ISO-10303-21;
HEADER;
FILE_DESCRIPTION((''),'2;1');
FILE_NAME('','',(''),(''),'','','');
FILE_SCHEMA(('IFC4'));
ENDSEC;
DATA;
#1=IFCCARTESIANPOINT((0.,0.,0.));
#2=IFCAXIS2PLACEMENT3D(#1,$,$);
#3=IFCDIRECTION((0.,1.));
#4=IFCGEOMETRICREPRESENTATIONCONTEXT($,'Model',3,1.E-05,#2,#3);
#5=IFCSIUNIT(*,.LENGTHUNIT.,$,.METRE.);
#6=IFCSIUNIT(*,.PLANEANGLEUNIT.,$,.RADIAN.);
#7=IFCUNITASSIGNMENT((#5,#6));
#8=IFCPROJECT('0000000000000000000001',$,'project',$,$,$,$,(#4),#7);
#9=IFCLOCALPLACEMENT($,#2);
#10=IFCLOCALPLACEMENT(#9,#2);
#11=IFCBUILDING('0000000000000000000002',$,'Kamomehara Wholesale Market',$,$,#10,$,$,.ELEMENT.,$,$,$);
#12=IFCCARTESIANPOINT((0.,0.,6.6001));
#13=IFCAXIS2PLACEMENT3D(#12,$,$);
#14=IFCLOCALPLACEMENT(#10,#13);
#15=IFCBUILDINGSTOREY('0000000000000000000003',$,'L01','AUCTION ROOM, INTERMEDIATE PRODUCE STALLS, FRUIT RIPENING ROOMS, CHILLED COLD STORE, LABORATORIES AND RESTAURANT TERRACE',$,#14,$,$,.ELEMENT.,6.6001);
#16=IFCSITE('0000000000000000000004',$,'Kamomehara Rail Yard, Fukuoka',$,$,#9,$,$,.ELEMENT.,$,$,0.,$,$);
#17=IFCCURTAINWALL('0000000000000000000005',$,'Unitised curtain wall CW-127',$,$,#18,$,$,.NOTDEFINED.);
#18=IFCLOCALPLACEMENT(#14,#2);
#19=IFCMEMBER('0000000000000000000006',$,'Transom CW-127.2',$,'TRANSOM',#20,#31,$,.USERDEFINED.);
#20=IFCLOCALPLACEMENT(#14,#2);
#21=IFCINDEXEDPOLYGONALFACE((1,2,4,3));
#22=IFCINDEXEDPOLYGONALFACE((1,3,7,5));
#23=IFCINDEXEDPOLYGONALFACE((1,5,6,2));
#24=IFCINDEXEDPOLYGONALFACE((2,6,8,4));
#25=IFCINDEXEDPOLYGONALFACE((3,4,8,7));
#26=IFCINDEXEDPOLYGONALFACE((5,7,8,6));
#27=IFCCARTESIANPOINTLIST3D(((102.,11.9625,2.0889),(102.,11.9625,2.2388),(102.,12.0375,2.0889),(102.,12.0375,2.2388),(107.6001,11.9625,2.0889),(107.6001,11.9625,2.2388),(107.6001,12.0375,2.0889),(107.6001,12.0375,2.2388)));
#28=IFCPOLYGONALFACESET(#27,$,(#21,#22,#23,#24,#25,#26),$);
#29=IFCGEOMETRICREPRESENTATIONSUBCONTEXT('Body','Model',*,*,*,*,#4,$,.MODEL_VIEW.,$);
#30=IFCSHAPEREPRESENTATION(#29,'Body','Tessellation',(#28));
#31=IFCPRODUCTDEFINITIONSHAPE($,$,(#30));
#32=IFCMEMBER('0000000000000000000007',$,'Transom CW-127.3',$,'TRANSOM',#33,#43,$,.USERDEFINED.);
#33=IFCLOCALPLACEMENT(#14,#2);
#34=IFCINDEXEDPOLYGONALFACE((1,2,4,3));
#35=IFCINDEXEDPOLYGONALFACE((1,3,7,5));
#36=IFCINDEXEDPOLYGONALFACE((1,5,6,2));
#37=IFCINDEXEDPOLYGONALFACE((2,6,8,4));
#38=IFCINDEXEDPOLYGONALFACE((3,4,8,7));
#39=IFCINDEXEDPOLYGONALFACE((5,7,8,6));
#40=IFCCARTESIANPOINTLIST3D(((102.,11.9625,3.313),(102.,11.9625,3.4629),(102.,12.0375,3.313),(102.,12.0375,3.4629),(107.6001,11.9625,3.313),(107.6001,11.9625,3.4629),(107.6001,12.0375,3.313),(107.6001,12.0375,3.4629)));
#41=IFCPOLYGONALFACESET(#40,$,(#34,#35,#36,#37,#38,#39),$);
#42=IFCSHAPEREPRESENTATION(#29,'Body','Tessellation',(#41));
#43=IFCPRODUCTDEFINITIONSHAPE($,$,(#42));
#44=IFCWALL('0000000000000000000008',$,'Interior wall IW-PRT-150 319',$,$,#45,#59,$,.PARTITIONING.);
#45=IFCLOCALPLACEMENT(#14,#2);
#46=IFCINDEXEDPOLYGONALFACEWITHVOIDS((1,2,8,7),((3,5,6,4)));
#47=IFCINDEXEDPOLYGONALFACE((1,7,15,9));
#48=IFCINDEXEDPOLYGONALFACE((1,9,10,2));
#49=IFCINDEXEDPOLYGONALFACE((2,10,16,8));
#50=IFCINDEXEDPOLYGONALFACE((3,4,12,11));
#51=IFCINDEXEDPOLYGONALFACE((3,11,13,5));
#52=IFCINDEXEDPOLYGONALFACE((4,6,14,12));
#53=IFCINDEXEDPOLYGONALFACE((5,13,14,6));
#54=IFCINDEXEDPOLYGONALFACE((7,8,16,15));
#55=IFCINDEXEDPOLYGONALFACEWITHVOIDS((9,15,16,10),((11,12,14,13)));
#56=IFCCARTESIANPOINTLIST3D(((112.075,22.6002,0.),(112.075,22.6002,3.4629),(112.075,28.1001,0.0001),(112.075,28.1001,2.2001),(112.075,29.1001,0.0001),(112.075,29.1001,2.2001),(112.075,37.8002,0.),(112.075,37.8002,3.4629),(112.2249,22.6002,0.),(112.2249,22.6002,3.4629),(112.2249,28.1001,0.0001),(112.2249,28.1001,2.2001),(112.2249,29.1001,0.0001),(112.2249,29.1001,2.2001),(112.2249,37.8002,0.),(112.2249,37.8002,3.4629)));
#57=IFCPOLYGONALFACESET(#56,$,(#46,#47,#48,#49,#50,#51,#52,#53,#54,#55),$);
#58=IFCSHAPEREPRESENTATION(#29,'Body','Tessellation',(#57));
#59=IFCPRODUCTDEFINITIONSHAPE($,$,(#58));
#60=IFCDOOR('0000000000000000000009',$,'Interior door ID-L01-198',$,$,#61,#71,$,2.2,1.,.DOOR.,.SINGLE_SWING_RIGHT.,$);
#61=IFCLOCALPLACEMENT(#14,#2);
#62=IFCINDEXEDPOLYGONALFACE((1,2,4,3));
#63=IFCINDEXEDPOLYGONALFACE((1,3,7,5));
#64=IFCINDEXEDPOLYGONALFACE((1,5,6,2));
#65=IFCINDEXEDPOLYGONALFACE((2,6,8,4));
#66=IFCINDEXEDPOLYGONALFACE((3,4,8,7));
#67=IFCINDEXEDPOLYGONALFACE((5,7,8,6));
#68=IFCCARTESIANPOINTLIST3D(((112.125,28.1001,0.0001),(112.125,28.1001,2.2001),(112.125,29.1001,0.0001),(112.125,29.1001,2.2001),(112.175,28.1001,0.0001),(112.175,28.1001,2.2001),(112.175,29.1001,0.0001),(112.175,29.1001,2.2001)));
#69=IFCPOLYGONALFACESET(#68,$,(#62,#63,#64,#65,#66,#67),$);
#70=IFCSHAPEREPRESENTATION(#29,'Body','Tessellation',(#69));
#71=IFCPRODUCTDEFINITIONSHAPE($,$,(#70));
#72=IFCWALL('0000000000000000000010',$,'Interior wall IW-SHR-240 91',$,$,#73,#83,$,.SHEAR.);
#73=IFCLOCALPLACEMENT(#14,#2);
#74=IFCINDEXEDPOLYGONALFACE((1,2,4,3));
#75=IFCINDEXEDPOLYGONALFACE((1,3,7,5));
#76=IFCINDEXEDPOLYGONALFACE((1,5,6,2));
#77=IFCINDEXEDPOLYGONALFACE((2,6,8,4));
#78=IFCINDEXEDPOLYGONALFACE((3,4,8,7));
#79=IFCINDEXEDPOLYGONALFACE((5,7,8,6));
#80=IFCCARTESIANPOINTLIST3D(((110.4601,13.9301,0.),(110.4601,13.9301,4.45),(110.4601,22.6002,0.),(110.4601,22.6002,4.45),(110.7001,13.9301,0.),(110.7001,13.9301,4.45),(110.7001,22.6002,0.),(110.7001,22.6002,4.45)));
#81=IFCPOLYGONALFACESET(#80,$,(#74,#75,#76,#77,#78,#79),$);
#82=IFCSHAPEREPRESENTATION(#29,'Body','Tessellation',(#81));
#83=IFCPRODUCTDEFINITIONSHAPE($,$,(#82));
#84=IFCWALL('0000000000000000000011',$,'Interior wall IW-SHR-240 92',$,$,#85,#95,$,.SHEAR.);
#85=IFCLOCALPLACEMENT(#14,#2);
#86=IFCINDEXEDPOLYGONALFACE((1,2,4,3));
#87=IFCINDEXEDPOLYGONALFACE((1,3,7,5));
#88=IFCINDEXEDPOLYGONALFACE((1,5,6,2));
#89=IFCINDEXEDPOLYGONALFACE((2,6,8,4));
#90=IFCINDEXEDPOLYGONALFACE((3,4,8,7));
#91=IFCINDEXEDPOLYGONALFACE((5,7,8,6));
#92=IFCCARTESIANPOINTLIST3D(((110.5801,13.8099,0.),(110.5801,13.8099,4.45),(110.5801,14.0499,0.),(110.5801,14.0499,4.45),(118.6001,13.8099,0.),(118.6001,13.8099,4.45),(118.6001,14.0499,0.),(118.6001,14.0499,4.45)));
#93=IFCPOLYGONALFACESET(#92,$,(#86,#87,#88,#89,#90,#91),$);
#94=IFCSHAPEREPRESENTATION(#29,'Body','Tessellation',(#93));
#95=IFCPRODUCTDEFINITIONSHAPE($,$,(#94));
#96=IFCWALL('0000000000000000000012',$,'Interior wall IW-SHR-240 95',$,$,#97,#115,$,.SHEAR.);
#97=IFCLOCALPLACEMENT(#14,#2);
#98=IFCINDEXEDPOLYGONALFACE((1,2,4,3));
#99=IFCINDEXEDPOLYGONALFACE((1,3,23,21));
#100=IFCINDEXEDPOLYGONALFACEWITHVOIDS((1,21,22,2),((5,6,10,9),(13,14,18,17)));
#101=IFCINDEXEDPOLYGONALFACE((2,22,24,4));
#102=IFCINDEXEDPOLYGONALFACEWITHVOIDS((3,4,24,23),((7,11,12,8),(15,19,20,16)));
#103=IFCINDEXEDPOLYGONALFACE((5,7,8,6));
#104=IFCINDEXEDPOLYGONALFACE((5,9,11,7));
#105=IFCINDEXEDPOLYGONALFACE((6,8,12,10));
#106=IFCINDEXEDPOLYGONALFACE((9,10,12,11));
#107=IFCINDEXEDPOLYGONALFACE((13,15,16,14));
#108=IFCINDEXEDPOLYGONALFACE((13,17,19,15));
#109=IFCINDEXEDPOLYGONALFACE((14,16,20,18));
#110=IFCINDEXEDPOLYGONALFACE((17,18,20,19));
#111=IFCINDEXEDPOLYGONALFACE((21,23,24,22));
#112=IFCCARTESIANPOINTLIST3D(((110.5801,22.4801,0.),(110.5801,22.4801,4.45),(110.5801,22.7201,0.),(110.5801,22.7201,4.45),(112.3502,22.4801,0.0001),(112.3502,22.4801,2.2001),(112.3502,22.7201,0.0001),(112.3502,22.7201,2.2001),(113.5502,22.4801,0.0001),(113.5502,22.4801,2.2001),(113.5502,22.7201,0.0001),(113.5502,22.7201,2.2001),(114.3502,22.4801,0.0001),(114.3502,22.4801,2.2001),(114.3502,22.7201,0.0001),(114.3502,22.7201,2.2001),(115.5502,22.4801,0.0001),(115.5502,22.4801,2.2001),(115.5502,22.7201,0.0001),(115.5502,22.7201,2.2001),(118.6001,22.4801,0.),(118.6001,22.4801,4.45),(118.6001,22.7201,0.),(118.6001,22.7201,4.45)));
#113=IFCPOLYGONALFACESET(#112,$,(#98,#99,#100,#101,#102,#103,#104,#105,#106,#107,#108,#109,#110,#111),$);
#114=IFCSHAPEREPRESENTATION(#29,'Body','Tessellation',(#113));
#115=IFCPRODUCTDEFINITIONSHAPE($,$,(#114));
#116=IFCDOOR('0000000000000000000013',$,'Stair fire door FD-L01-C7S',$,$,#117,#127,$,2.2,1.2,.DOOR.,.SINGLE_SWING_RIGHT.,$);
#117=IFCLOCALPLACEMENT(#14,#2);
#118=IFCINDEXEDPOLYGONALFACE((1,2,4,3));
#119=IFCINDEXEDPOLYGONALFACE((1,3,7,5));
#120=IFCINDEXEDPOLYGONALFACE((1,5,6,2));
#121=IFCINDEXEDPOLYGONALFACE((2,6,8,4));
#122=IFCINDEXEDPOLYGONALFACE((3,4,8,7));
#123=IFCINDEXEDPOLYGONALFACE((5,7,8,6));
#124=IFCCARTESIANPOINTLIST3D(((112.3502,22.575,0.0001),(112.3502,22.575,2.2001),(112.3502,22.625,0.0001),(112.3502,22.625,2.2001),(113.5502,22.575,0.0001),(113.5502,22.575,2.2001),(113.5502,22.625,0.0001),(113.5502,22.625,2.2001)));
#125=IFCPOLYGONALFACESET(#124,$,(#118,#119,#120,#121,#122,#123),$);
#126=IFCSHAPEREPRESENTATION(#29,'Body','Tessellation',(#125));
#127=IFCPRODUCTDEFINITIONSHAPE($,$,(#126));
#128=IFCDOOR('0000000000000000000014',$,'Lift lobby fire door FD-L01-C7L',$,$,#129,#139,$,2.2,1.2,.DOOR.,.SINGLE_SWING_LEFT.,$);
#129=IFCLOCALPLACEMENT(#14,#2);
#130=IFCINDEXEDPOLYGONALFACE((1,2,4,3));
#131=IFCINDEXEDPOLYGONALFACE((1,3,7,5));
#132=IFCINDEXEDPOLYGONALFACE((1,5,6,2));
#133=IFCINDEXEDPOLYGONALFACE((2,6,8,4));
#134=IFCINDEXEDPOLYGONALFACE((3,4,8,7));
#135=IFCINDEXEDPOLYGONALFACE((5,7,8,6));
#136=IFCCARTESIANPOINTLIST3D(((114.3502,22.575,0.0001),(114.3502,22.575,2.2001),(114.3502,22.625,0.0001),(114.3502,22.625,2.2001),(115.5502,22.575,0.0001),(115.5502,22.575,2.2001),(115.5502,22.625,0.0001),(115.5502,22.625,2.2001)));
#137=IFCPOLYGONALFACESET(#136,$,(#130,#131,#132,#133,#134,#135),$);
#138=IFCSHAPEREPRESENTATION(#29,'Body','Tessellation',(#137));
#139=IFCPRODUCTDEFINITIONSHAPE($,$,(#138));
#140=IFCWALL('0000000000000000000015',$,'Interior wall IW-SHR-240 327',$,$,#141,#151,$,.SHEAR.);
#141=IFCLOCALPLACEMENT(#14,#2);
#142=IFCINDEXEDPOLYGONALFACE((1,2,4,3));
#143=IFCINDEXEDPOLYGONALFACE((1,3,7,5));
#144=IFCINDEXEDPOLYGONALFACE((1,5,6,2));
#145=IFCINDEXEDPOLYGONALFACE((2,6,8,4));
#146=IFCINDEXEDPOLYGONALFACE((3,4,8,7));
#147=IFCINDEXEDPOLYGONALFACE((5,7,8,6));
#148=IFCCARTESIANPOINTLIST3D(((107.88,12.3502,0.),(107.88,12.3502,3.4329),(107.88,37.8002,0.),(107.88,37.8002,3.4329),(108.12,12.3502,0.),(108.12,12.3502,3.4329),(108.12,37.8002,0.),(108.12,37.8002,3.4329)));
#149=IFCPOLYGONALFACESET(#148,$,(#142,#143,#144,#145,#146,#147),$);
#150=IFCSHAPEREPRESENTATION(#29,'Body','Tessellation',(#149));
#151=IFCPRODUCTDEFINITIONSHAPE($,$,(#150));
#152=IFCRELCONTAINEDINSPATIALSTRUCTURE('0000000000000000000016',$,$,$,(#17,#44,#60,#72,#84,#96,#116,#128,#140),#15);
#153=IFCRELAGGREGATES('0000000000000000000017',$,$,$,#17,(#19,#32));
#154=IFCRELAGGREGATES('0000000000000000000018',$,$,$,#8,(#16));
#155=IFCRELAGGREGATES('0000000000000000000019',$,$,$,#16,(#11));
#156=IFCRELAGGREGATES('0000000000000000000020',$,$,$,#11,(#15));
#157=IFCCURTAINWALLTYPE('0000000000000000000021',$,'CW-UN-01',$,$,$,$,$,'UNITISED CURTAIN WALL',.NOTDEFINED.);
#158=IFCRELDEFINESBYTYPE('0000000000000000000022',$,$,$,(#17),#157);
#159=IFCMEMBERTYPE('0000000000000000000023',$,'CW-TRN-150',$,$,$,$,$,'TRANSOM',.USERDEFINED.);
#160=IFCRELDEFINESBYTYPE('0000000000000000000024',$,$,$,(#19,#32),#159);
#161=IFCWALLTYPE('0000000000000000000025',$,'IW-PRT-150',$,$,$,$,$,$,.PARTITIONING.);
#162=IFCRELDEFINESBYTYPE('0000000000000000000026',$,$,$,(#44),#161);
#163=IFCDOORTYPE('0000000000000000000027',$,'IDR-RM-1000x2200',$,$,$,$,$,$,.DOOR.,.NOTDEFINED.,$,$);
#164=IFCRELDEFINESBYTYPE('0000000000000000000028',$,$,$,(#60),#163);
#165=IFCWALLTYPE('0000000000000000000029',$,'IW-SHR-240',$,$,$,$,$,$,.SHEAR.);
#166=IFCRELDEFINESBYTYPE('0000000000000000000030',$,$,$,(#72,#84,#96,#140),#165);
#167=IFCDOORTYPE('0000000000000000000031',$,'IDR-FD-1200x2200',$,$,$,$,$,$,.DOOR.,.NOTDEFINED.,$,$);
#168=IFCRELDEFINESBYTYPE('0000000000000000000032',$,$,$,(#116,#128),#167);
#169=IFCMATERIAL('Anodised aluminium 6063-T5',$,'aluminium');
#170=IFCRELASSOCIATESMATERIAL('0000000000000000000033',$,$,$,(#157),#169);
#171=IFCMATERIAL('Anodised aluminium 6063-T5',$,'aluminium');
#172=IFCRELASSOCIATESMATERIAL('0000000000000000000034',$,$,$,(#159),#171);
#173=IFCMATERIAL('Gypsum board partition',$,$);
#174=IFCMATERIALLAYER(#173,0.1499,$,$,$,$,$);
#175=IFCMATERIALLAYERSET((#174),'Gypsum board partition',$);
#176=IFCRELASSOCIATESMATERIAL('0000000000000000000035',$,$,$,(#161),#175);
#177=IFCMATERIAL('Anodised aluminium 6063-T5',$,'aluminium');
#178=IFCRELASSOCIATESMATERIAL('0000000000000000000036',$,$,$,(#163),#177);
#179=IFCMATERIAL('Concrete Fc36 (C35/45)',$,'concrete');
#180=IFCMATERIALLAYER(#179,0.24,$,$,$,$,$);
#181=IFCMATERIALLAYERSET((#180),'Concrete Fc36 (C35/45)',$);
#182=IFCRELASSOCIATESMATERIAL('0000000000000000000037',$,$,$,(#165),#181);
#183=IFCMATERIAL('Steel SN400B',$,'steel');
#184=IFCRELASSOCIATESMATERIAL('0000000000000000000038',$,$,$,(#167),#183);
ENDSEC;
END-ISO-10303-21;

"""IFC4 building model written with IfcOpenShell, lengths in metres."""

from ifc_helpers import new_model, si_unit, direction, frame, frame_2d, origin, origin_2d, place, context, subcontext, project, spatial, rectangle, extrude, material, layer, layer_set, material_profile, profile_set, type_object, element, fill, aggregate, save


model = new_model("IFC4")

# Units and contexts
model_context = context("Model", 3, precision=1e-05, world=origin(), true_north=direction((0.0, 1.0)))
body_context = subcontext(model_context, "Body", "Model", "MODEL_VIEW")
ifc_project = project(units=[si_unit("LENGTHUNIT", "METRE"), si_unit("PLANEANGLEUNIT", "RADIAN")], contexts=[model_context])

# Site, building, storey
site_placement = place(None, origin())
site = spatial("IfcSite", under=ifc_project, at=site_placement, Name="Kamomehara Rail Yard, Fukuoka", CompositionType="ELEMENT", RefElevation=0.0)
building_placement = place(site_placement, origin())
building = spatial("IfcBuilding", under=site, at=building_placement, Name="Kamomehara Wholesale Market", CompositionType="ELEMENT")
storey_placement = place(building_placement, frame((0.0, 0.0, 6.6001)))
storey = spatial("IfcBuildingStorey", under=building, at=storey_placement, Name="L01", Description="AUCTION ROOM, INTERMEDIATE PRODUCE STALLS, FRUIT RIPENING ROOMS, CHILLED COLD STORE, LABORATORIES AND RESTAURANT TERRACE", CompositionType="ELEMENT", Elevation=6.6001)

# Curtain wall, members
ifc_material_1 = material(Name="Anodised aluminium 6063-T5", Category="aluminium")
curtain_wall_type = type_object("IfcCurtainWallType", Name="CW-UN-01", ElementType="UNITISED CURTAIN WALL", PredefinedType="NOTDEFINED", material=ifc_material_1)
curtain_wall_1_placement = place(storey_placement, origin())
curtain_wall_1 = element("IfcCurtainWall", 1, at=curtain_wall_1_placement, inside=storey, type_object=curtain_wall_type, Name="Unitised curtain wall CW-127", PredefinedType="NOTDEFINED")
ifc_material_2 = material(Name="Anodised aluminium 6063-T5", Category="aluminium")
ifc_material_profile_1 = material_profile(ifc_material_2, rectangle(XDim=0.075, YDim=0.1499, at=origin_2d()), Name="ALU-TRN-75x150")
ifc_profile_set_1 = profile_set([ifc_material_profile_1], Name="Anodised aluminium 6063-T5")
member_type_1 = type_object("IfcMemberType", Name="CW-TRN-150", ElementType="TRANSOM", PredefinedType="USERDEFINED", material=ifc_profile_set_1)
member_1_placement = place(storey_placement, frame((107.6001, 12.0, 2.1638), z_axis=(-1.0, 0.0, 0.0), x_axis=(0.0, -1.0, 0.0)))
member_1 = element("IfcMember", 2, at=member_1_placement, type_object=member_type_1, Name="Transom CW-127.2", ObjectType="TRANSOM", PredefinedType="USERDEFINED", context=body_context, shape_type="SweptSolid", body=[
    extrude(rectangle(XDim=0.075, YDim=0.1499, at=origin_2d()), origin(), (0.0, 0.0, 1.0), 5.6001),
])
member_2_placement = place(storey_placement, frame((107.6001, 12.0, 3.3879), z_axis=(-1.0, 0.0, 0.0), x_axis=(0.0, -1.0, 0.0)))
member_2 = element("IfcMember", 3, at=member_2_placement, type_object=member_type_1, Name="Transom CW-127.3", ObjectType="TRANSOM", PredefinedType="USERDEFINED", context=body_context, shape_type="SweptSolid", body=[
    extrude(rectangle(XDim=0.075, YDim=0.1499, at=origin_2d()), origin(), (0.0, 0.0, 1.0), 5.6001),
])
aggregate(curtain_wall_1, [member_1, member_2])

# Wall, opening, door
ifc_material_3 = material(Name="Gypsum board partition")
ifc_layer_1 = layer(ifc_material_3, 0.1499)
ifc_layer_set_1 = layer_set([ifc_layer_1], Name="Gypsum board partition")
wall_type_1 = type_object("IfcWallType", Name="IW-PRT-150", PredefinedType="PARTITIONING", material=ifc_layer_set_1)
wall_1_placement = place(storey_placement, frame((112.1499, 22.6001, 0.0), z_axis=(0.0, 0.0, 1.0), x_axis=(0.0, 1.0, 0.0)))
wall_1 = element("IfcWall", 4, at=wall_1_placement, inside=storey, type_object=wall_type_1, Name="Interior wall IW-PRT-150 319", PredefinedType="PARTITIONING", context=body_context, shape_type="SweptSolid", body=[
    extrude(rectangle(XDim=15.2, YDim=0.1499, at=frame_2d((7.6001, 0.0))), origin(), (0.0, 0.0, 1.0), 3.4629),
])
opening_1_placement = place(wall_1_placement, frame((5.5, 0.0, 0.0)))
opening_1 = element("IfcOpeningElement", 5, at=opening_1_placement, cuts=wall_1, PredefinedType="OPENING", context=body_context, shape_type="SweptSolid", body=[
    extrude(rectangle(XDim=1.0, YDim=2.2, at=frame_2d((0.5, 1.1001))), frame((0.0, 0.0898, 0.0), z_axis=(0.0, -1.0, 0.0), x_axis=(1.0, 0.0, 0.0)), (0.0, 0.0, 1.0), 0.1797),
])
ifc_material_4 = material(Name="Anodised aluminium 6063-T5", Category="aluminium")
door_type_1 = type_object("IfcDoorType", Name="IDR-RM-1000x2200", OperationType="NOTDEFINED", PredefinedType="DOOR", material=ifc_material_4)
door_1_placement = place(opening_1_placement, origin())
door_1 = element("IfcDoor", 6, at=door_1_placement, inside=storey, type_object=door_type_1, Name="Interior door ID-L01-198", OperationType="SINGLE_SWING_RIGHT", OverallHeight=2.2, OverallWidth=1.0, PredefinedType="DOOR", context=body_context, shape_type="SweptSolid", body=[
    extrude(rectangle(XDim=1.0, YDim=2.2, at=frame_2d((0.5, 1.1001))), frame((0.0, 0.0249, 0.0), z_axis=(0.0, -1.0, 0.0), x_axis=(1.0, 0.0, 0.0)), (0.0, 0.0, 1.0), 0.05),
])
fill(opening_1, door_1)

# Walls
ifc_material_5 = material(Name="Concrete Fc36 (C35/45)", Category="concrete")
ifc_layer_2 = layer(ifc_material_5, 0.24)
ifc_layer_set_2 = layer_set([ifc_layer_2], Name="Concrete Fc36 (C35/45)")
wall_type_2 = type_object("IfcWallType", Name="IW-SHR-240", PredefinedType="SHEAR", material=ifc_layer_set_2)
wall_2_placement = place(storey_placement, frame((110.5801, 22.6001, 0.0), z_axis=(0.0, 0.0, 1.0), x_axis=(0.0, -1.0, 0.0)))
element("IfcWall", 7, at=wall_2_placement, inside=storey, type_object=wall_type_2, Name="Interior wall IW-SHR-240 91", PredefinedType="SHEAR", context=body_context, shape_type="SweptSolid", body=[
    extrude(rectangle(XDim=8.6702, YDim=0.24, at=frame_2d((4.335, 0.0))), origin(), (0.0, 0.0, 1.0), 4.45),
])
wall_3_placement = place(storey_placement, frame((110.5801, 13.9299, 0.0), z_axis=(0.0, 0.0, 1.0), x_axis=(1.0, 0.0, 0.0)))
element("IfcWall", 8, at=wall_3_placement, inside=storey, type_object=wall_type_2, Name="Interior wall IW-SHR-240 92", PredefinedType="SHEAR", context=body_context, shape_type="SweptSolid", body=[
    extrude(rectangle(XDim=8.02, YDim=0.24, at=frame_2d((4.01, 0.0))), origin(), (0.0, 0.0, 1.0), 4.45),
])

# Wall, openings, doors
wall_4_placement = place(storey_placement, frame((110.5801, 22.6001, 0.0), z_axis=(0.0, 0.0, 1.0), x_axis=(1.0, 0.0, 0.0)))
wall_4 = element("IfcWall", 9, at=wall_4_placement, inside=storey, type_object=wall_type_2, Name="Interior wall IW-SHR-240 95", PredefinedType="SHEAR", context=body_context, shape_type="SweptSolid", body=[
    extrude(rectangle(XDim=8.02, YDim=0.24, at=frame_2d((4.01, 0.0))), origin(), (0.0, 0.0, 1.0), 4.45),
])
opening_2_placement = place(wall_4_placement, frame((1.77, 0.0, 0.0)))
opening_2 = element("IfcOpeningElement", 10, at=opening_2_placement, cuts=wall_4, PredefinedType="OPENING", context=body_context, shape_type="SweptSolid", body=[
    extrude(rectangle(XDim=1.2, YDim=2.2, at=frame_2d((0.6001, 1.1001))), frame((0.0, 0.1348, 0.0), z_axis=(0.0, -1.0, 0.0), x_axis=(1.0, 0.0, 0.0)), (0.0, 0.0, 1.0), 0.2698),
])
opening_3_placement = place(wall_4_placement, frame((3.77, 0.0, 0.0)))
opening_3 = element("IfcOpeningElement", 11, at=opening_3_placement, cuts=wall_4, PredefinedType="OPENING", context=body_context, shape_type="SweptSolid", body=[
    extrude(rectangle(XDim=1.2, YDim=2.2, at=frame_2d((0.6001, 1.1001))), frame((0.0, 0.1348, 0.0), z_axis=(0.0, -1.0, 0.0), x_axis=(1.0, 0.0, 0.0)), (0.0, 0.0, 1.0), 0.2698),
])
ifc_material_6 = material(Name="Steel SN400B", Category="steel")
door_type_2 = type_object("IfcDoorType", Name="IDR-FD-1200x2200", OperationType="NOTDEFINED", PredefinedType="DOOR", material=ifc_material_6)
door_2_placement = place(opening_2_placement, origin())
door_2 = element("IfcDoor", 12, at=door_2_placement, inside=storey, type_object=door_type_2, Name="Stair fire door FD-L01-C7S", OperationType="SINGLE_SWING_RIGHT", OverallHeight=2.2, OverallWidth=1.2, PredefinedType="DOOR", context=body_context, shape_type="SweptSolid", body=[
    extrude(rectangle(XDim=1.2, YDim=2.2, at=frame_2d((0.6001, 1.1001))), frame((0.0, 0.0249, 0.0), z_axis=(0.0, -1.0, 0.0), x_axis=(1.0, 0.0, 0.0)), (0.0, 0.0, 1.0), 0.05),
])
fill(opening_2, door_2)
door_3_placement = place(opening_3_placement, origin())
door_3 = element("IfcDoor", 13, at=door_3_placement, inside=storey, type_object=door_type_2, Name="Lift lobby fire door FD-L01-C7L", OperationType="SINGLE_SWING_LEFT", OverallHeight=2.2, OverallWidth=1.2, PredefinedType="DOOR", context=body_context, shape_type="SweptSolid", body=[
    extrude(rectangle(XDim=1.2, YDim=2.2, at=frame_2d((0.6001, 1.1001))), frame((0.0, 0.0249, 0.0), z_axis=(0.0, -1.0, 0.0), x_axis=(1.0, 0.0, 0.0)), (0.0, 0.0, 1.0), 0.05),
])
fill(opening_3, door_3)

# Wall
wall_5_placement = place(storey_placement, frame((108.0, 12.3501, 0.0), z_axis=(0.0, 0.0, 1.0), x_axis=(0.0, 1.0, 0.0)))
element("IfcWall", 14, at=wall_5_placement, inside=storey, type_object=wall_type_2, Name="Interior wall IW-SHR-240 327", PredefinedType="SHEAR", context=body_context, shape_type="SweptSolid", body=[
    extrude(rectangle(XDim=25.45, YDim=0.24, at=frame_2d((12.7251, 0.0))), origin(), (0.0, 0.0, 1.0), 3.4329),
])

save(model, "model.ifc")
